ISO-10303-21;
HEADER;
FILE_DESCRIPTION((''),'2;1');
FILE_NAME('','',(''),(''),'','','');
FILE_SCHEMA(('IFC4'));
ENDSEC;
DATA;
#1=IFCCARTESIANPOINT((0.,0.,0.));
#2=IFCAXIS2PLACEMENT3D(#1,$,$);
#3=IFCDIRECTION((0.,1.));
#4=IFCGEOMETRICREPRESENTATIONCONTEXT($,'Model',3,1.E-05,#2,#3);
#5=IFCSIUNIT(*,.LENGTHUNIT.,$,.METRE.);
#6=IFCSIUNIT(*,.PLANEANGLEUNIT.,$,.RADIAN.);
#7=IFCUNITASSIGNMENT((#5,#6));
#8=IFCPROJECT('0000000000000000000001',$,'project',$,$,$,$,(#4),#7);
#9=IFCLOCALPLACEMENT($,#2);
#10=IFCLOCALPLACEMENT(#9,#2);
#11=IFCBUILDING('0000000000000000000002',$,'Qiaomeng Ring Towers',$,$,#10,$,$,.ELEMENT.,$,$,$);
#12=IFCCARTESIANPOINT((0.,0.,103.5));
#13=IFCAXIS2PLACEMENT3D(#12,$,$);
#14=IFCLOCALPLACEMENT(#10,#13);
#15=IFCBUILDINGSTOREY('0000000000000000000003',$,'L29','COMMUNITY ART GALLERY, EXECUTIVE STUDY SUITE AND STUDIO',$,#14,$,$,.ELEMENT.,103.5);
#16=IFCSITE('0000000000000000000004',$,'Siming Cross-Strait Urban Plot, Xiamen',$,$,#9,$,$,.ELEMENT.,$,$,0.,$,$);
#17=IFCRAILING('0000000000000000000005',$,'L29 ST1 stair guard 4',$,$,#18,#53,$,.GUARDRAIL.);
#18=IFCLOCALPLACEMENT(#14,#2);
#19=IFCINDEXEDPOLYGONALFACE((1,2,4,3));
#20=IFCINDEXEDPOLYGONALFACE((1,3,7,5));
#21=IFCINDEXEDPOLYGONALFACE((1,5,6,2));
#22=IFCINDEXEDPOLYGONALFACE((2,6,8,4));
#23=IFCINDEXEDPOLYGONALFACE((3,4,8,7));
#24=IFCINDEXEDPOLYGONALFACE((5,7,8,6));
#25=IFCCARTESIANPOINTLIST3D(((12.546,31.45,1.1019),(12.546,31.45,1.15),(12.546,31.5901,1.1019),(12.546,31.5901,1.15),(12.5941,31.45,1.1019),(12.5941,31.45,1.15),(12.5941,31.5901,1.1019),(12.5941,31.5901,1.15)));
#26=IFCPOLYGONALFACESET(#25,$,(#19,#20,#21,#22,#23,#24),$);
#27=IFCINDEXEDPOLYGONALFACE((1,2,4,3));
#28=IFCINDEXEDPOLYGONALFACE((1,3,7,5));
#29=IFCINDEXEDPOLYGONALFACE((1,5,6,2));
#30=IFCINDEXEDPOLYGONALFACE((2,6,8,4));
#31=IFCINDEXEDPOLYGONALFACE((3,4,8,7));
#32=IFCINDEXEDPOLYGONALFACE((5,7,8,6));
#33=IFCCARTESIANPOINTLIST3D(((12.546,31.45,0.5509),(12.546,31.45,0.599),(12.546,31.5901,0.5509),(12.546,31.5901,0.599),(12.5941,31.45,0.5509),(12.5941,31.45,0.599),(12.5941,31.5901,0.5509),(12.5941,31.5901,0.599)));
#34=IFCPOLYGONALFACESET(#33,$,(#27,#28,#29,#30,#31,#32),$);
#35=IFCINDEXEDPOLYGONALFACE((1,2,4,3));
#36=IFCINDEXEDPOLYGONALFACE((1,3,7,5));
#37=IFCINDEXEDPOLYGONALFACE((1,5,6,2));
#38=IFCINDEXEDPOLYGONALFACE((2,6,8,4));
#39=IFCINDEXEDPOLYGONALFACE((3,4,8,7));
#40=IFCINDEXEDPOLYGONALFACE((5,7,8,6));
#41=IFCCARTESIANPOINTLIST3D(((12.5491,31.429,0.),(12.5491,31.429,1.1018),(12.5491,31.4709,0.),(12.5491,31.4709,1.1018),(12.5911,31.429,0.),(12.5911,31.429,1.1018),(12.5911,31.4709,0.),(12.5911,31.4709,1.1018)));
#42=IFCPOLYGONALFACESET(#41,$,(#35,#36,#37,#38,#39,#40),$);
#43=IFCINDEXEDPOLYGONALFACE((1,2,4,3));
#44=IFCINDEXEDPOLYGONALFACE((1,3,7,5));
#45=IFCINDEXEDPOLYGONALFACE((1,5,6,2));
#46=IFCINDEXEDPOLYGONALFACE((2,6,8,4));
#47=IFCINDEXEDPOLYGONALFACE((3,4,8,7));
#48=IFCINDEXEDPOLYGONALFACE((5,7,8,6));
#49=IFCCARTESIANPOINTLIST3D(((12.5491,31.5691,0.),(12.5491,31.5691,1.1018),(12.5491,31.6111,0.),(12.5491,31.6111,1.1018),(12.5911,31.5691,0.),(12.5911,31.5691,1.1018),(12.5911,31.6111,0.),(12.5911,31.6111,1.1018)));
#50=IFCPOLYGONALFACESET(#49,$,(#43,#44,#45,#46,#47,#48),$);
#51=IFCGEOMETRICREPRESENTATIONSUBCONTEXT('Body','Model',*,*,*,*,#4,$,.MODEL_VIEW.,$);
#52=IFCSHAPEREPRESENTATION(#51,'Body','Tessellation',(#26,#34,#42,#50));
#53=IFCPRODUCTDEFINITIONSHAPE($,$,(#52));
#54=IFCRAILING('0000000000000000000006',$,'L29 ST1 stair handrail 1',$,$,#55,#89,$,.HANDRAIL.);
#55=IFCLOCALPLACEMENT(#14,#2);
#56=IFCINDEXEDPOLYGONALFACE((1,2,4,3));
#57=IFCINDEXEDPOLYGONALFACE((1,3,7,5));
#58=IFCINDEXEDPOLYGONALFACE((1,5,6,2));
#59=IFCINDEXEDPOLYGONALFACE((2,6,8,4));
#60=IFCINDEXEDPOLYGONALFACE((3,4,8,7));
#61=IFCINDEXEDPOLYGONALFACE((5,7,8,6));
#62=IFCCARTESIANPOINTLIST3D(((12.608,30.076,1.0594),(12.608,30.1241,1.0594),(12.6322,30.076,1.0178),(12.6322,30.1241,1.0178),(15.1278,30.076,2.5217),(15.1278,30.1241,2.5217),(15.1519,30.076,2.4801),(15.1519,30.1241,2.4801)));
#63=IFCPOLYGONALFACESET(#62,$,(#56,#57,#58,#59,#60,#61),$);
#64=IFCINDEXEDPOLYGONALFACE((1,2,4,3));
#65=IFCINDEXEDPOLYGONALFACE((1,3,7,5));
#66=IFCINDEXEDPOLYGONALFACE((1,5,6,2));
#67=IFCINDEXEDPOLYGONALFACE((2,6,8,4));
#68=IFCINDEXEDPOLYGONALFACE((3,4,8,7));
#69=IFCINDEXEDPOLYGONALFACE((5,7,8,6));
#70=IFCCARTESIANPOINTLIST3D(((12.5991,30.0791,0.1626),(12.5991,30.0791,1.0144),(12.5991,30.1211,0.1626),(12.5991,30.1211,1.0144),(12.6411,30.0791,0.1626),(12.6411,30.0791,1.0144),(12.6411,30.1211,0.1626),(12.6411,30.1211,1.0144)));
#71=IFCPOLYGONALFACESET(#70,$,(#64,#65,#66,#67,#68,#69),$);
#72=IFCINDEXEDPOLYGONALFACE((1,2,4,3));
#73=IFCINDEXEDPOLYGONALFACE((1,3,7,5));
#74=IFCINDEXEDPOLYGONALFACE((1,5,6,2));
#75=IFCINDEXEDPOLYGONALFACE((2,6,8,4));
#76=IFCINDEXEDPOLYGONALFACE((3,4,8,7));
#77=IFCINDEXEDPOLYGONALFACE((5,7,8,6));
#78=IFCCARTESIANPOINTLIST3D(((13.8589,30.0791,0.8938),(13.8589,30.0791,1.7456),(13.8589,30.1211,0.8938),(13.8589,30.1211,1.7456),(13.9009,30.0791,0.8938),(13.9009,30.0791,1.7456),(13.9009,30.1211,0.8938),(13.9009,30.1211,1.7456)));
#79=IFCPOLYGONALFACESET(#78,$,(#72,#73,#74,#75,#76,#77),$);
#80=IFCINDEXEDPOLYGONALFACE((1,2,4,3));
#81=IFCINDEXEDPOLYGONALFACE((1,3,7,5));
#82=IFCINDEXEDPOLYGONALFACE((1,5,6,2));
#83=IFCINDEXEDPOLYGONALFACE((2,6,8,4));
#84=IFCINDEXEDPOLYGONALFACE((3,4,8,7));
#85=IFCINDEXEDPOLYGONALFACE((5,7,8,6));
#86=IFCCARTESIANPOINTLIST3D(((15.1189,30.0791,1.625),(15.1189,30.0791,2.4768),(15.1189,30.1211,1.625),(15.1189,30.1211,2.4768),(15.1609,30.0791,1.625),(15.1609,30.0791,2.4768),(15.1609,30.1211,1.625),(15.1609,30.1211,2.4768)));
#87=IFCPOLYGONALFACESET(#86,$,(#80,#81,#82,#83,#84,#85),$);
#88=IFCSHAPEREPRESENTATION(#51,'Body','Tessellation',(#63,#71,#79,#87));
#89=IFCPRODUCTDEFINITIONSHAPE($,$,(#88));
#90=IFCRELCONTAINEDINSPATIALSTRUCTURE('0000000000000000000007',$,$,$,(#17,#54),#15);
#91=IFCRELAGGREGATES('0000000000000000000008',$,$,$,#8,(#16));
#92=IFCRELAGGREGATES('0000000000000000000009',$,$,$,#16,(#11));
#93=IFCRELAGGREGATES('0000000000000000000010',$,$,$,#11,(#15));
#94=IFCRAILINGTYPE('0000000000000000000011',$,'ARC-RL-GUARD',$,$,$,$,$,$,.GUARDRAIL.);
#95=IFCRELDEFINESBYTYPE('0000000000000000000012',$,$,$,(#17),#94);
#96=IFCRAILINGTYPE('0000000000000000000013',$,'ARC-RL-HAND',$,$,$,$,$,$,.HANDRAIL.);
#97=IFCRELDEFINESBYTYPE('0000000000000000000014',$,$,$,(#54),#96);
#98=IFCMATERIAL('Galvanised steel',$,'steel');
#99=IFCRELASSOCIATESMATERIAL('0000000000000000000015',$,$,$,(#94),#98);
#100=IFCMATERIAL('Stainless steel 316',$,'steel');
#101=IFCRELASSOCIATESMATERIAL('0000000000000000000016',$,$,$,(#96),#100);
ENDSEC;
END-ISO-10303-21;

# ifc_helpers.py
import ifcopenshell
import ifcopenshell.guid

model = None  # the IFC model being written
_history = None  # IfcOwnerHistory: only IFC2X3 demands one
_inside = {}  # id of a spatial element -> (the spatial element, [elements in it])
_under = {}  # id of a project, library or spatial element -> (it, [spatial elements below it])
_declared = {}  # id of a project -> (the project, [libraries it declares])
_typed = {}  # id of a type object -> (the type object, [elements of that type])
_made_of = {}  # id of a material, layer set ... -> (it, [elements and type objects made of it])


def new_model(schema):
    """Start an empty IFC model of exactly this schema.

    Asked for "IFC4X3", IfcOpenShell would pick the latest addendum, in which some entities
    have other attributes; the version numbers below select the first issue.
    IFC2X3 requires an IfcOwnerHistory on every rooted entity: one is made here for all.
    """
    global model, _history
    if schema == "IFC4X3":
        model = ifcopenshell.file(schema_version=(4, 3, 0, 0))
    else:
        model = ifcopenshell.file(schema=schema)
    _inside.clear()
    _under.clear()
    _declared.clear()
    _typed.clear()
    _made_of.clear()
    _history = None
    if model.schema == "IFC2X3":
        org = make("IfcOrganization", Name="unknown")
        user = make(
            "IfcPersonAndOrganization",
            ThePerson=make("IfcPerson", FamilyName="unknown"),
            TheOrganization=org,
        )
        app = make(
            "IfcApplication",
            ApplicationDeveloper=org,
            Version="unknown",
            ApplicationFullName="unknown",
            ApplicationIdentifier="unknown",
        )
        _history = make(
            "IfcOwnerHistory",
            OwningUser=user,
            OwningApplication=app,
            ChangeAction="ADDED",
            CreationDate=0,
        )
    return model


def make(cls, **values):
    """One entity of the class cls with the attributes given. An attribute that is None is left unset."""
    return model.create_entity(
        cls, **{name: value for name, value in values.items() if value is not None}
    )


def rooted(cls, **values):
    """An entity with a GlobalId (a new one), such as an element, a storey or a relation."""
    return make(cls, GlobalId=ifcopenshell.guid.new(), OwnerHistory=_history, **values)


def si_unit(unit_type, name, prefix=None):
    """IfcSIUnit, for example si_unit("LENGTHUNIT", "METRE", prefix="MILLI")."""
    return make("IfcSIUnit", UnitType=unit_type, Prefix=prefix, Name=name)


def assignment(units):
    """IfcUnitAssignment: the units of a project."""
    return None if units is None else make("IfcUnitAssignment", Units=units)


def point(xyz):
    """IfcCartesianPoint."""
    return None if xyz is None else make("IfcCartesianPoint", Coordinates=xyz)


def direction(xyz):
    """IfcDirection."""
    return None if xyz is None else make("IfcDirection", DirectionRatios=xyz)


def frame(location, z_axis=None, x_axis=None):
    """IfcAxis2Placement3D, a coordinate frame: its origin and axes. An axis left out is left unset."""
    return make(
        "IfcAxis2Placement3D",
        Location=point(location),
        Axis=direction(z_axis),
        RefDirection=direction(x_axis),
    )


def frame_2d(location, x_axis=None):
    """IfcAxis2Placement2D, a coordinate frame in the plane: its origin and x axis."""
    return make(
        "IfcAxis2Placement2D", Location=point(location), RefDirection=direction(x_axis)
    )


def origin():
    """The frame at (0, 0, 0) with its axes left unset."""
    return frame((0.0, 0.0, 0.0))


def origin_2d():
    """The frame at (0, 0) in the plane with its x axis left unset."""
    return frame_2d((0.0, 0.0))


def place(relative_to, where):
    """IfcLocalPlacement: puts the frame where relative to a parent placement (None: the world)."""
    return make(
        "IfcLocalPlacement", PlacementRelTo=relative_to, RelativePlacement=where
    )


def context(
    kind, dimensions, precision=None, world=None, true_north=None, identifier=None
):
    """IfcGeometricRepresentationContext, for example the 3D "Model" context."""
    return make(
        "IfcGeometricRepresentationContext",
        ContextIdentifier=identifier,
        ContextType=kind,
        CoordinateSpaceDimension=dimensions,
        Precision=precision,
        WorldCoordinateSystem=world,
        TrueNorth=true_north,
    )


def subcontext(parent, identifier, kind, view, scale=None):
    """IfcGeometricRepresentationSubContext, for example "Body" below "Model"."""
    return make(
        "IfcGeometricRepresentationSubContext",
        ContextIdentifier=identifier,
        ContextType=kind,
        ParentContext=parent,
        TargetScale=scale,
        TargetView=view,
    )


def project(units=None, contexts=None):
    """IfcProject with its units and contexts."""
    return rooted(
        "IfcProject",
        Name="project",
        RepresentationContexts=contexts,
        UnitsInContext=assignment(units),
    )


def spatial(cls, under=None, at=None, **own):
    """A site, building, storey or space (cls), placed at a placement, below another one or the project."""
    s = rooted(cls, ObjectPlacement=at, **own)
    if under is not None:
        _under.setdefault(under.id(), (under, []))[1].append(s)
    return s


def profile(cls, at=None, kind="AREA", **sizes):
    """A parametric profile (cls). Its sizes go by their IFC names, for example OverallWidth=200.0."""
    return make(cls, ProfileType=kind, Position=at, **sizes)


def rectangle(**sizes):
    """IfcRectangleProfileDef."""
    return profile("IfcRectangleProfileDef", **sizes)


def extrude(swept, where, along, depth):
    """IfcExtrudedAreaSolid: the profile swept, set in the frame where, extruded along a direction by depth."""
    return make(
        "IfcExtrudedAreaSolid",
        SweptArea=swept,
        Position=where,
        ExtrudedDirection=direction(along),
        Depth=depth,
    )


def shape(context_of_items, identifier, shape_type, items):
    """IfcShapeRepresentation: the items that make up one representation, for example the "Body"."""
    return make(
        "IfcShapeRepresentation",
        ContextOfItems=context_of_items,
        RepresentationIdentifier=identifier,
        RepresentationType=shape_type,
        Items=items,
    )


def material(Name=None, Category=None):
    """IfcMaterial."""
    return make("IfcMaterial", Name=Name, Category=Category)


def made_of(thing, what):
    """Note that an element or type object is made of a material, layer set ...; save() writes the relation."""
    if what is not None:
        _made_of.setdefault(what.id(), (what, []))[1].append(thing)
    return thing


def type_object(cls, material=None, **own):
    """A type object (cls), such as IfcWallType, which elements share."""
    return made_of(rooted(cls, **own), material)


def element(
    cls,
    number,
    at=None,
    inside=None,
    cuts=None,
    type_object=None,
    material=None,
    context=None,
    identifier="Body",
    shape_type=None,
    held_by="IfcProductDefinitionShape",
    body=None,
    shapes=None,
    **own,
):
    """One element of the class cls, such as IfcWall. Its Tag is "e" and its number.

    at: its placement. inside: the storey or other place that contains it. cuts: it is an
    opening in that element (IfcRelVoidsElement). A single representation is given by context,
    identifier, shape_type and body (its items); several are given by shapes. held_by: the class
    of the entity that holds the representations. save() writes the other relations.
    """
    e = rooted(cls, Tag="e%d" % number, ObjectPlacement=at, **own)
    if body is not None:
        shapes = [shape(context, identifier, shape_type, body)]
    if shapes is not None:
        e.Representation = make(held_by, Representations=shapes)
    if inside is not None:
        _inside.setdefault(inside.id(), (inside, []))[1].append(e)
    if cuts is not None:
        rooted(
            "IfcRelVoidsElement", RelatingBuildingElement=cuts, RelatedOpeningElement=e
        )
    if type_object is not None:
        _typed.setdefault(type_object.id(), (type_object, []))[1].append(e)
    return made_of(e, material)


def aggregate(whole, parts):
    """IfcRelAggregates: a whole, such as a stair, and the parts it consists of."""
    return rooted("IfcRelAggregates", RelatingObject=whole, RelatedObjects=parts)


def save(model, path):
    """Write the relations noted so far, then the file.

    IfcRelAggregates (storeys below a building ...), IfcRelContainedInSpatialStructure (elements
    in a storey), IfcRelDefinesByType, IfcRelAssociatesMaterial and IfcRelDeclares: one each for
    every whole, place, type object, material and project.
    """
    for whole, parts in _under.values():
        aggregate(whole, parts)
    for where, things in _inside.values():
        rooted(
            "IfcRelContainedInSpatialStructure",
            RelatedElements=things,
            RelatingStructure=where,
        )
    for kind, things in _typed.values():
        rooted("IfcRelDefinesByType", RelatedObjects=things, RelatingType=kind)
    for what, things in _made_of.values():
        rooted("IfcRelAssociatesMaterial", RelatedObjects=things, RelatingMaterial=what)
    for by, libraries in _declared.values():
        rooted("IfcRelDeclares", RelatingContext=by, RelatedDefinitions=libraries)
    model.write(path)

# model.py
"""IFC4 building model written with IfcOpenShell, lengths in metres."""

from ifc_helpers import new_model, si_unit, direction, frame, origin, origin_2d, place, context, subcontext, project, spatial, rectangle, extrude, material, type_object, element, save


model = new_model("IFC4")

# Units and contexts
model_context = context("Model", 3, precision=1e-05, world=origin(), true_north=direction((0.0, 1.0)))
body_context = subcontext(model_context, "Body", "Model", "MODEL_VIEW")
ifc_project = project(units=[si_unit("LENGTHUNIT", "METRE"), si_unit("PLANEANGLEUNIT", "RADIAN")], contexts=[model_context])

# Site, building, storey
site_placement = place(None, origin())
site = spatial("IfcSite", under=ifc_project, at=site_placement, Name="Siming Cross-Strait Urban Plot, Xiamen", CompositionType="ELEMENT", RefElevation=0.0)
building_placement = place(site_placement, origin())
building = spatial("IfcBuilding", under=site, at=building_placement, Name="Qiaomeng Ring Towers", CompositionType="ELEMENT")
storey_placement = place(building_placement, frame((0.0, 0.0, 103.5)))
storey = spatial("IfcBuildingStorey", under=building, at=storey_placement, Name="L29", Description="COMMUNITY ART GALLERY, EXECUTIVE STUDY SUITE AND STUDIO", CompositionType="ELEMENT", Elevation=103.5)

# Railings
ifc_material_1 = material(Name="Galvanised steel", Category="steel")
railing_type_1 = type_object("IfcRailingType", Name="ARC-RL-GUARD", PredefinedType="GUARDRAIL", material=ifc_material_1)
railing_1_placement = place(storey_placement, frame((12.5701, 31.45, 0.0)))
element("IfcRailing", 1, at=railing_1_placement, inside=storey, type_object=railing_type_1, Name="L29 ST1 stair guard 4", PredefinedType="GUARDRAIL", context=body_context, shape_type="SweptSolid", body=[
    extrude(rectangle(XDim=0.0481, YDim=0.0481, at=origin_2d()), frame((0.0, 0.0, 1.126), z_axis=(0.0, 1.0, 0.0), x_axis=(-1.0, 0.0, 0.0)), (0.0, 0.0, 1.0), 0.1401),
    extrude(rectangle(XDim=0.0481, YDim=0.0481, at=origin_2d()), frame((0.0, 0.0, 0.575), z_axis=(0.0, 1.0, 0.0), x_axis=(-1.0, 0.0, 0.0)), (0.0, 0.0, 1.0), 0.1401),
    extrude(rectangle(XDim=0.042, YDim=0.042, at=origin_2d()), origin(), (0.0, 0.0, 1.0), 1.1018),
    extrude(rectangle(XDim=0.042, YDim=0.042, at=origin_2d()), frame((0.0, 0.1401, 0.0)), (0.0, 0.0, 1.0), 1.1018),
])
ifc_material_2 = material(Name="Stainless steel 316", Category="steel")
railing_type_2 = type_object("IfcRailingType", Name="ARC-RL-HAND", PredefinedType="HANDRAIL", material=ifc_material_2)
railing_2_placement = place(storey_placement, frame((12.6201, 30.1001, 0.1626)))
element("IfcRailing", 2, at=railing_2_placement, inside=storey, type_object=railing_type_2, Name="L29 ST1 stair handrail 1", PredefinedType="HANDRAIL", context=body_context, shape_type="SweptSolid", body=[
    extrude(rectangle(XDim=0.0481, YDim=0.0481, at=origin_2d()), frame((0.0, 0.0, 0.876), z_axis=(0.864892, 0.0, 0.501958), x_axis=(0.0, 1.0, 0.0)), (0.0, 0.0, 1.0), 2.9133),
    extrude(rectangle(XDim=0.042, YDim=0.042, at=origin_2d()), origin(), (0.0, 0.0, 1.0), 0.8518),
    extrude(rectangle(XDim=0.042, YDim=0.042, at=origin_2d()), frame((1.2598, 0.0, 0.7312)), (0.0, 0.0, 1.0), 0.8518),
    extrude(rectangle(XDim=0.042, YDim=0.042, at=origin_2d()), frame((2.5198, 0.0, 1.4624)), (0.0, 0.0, 1.0), 0.8518),
])

save(model, "model.ifc")
